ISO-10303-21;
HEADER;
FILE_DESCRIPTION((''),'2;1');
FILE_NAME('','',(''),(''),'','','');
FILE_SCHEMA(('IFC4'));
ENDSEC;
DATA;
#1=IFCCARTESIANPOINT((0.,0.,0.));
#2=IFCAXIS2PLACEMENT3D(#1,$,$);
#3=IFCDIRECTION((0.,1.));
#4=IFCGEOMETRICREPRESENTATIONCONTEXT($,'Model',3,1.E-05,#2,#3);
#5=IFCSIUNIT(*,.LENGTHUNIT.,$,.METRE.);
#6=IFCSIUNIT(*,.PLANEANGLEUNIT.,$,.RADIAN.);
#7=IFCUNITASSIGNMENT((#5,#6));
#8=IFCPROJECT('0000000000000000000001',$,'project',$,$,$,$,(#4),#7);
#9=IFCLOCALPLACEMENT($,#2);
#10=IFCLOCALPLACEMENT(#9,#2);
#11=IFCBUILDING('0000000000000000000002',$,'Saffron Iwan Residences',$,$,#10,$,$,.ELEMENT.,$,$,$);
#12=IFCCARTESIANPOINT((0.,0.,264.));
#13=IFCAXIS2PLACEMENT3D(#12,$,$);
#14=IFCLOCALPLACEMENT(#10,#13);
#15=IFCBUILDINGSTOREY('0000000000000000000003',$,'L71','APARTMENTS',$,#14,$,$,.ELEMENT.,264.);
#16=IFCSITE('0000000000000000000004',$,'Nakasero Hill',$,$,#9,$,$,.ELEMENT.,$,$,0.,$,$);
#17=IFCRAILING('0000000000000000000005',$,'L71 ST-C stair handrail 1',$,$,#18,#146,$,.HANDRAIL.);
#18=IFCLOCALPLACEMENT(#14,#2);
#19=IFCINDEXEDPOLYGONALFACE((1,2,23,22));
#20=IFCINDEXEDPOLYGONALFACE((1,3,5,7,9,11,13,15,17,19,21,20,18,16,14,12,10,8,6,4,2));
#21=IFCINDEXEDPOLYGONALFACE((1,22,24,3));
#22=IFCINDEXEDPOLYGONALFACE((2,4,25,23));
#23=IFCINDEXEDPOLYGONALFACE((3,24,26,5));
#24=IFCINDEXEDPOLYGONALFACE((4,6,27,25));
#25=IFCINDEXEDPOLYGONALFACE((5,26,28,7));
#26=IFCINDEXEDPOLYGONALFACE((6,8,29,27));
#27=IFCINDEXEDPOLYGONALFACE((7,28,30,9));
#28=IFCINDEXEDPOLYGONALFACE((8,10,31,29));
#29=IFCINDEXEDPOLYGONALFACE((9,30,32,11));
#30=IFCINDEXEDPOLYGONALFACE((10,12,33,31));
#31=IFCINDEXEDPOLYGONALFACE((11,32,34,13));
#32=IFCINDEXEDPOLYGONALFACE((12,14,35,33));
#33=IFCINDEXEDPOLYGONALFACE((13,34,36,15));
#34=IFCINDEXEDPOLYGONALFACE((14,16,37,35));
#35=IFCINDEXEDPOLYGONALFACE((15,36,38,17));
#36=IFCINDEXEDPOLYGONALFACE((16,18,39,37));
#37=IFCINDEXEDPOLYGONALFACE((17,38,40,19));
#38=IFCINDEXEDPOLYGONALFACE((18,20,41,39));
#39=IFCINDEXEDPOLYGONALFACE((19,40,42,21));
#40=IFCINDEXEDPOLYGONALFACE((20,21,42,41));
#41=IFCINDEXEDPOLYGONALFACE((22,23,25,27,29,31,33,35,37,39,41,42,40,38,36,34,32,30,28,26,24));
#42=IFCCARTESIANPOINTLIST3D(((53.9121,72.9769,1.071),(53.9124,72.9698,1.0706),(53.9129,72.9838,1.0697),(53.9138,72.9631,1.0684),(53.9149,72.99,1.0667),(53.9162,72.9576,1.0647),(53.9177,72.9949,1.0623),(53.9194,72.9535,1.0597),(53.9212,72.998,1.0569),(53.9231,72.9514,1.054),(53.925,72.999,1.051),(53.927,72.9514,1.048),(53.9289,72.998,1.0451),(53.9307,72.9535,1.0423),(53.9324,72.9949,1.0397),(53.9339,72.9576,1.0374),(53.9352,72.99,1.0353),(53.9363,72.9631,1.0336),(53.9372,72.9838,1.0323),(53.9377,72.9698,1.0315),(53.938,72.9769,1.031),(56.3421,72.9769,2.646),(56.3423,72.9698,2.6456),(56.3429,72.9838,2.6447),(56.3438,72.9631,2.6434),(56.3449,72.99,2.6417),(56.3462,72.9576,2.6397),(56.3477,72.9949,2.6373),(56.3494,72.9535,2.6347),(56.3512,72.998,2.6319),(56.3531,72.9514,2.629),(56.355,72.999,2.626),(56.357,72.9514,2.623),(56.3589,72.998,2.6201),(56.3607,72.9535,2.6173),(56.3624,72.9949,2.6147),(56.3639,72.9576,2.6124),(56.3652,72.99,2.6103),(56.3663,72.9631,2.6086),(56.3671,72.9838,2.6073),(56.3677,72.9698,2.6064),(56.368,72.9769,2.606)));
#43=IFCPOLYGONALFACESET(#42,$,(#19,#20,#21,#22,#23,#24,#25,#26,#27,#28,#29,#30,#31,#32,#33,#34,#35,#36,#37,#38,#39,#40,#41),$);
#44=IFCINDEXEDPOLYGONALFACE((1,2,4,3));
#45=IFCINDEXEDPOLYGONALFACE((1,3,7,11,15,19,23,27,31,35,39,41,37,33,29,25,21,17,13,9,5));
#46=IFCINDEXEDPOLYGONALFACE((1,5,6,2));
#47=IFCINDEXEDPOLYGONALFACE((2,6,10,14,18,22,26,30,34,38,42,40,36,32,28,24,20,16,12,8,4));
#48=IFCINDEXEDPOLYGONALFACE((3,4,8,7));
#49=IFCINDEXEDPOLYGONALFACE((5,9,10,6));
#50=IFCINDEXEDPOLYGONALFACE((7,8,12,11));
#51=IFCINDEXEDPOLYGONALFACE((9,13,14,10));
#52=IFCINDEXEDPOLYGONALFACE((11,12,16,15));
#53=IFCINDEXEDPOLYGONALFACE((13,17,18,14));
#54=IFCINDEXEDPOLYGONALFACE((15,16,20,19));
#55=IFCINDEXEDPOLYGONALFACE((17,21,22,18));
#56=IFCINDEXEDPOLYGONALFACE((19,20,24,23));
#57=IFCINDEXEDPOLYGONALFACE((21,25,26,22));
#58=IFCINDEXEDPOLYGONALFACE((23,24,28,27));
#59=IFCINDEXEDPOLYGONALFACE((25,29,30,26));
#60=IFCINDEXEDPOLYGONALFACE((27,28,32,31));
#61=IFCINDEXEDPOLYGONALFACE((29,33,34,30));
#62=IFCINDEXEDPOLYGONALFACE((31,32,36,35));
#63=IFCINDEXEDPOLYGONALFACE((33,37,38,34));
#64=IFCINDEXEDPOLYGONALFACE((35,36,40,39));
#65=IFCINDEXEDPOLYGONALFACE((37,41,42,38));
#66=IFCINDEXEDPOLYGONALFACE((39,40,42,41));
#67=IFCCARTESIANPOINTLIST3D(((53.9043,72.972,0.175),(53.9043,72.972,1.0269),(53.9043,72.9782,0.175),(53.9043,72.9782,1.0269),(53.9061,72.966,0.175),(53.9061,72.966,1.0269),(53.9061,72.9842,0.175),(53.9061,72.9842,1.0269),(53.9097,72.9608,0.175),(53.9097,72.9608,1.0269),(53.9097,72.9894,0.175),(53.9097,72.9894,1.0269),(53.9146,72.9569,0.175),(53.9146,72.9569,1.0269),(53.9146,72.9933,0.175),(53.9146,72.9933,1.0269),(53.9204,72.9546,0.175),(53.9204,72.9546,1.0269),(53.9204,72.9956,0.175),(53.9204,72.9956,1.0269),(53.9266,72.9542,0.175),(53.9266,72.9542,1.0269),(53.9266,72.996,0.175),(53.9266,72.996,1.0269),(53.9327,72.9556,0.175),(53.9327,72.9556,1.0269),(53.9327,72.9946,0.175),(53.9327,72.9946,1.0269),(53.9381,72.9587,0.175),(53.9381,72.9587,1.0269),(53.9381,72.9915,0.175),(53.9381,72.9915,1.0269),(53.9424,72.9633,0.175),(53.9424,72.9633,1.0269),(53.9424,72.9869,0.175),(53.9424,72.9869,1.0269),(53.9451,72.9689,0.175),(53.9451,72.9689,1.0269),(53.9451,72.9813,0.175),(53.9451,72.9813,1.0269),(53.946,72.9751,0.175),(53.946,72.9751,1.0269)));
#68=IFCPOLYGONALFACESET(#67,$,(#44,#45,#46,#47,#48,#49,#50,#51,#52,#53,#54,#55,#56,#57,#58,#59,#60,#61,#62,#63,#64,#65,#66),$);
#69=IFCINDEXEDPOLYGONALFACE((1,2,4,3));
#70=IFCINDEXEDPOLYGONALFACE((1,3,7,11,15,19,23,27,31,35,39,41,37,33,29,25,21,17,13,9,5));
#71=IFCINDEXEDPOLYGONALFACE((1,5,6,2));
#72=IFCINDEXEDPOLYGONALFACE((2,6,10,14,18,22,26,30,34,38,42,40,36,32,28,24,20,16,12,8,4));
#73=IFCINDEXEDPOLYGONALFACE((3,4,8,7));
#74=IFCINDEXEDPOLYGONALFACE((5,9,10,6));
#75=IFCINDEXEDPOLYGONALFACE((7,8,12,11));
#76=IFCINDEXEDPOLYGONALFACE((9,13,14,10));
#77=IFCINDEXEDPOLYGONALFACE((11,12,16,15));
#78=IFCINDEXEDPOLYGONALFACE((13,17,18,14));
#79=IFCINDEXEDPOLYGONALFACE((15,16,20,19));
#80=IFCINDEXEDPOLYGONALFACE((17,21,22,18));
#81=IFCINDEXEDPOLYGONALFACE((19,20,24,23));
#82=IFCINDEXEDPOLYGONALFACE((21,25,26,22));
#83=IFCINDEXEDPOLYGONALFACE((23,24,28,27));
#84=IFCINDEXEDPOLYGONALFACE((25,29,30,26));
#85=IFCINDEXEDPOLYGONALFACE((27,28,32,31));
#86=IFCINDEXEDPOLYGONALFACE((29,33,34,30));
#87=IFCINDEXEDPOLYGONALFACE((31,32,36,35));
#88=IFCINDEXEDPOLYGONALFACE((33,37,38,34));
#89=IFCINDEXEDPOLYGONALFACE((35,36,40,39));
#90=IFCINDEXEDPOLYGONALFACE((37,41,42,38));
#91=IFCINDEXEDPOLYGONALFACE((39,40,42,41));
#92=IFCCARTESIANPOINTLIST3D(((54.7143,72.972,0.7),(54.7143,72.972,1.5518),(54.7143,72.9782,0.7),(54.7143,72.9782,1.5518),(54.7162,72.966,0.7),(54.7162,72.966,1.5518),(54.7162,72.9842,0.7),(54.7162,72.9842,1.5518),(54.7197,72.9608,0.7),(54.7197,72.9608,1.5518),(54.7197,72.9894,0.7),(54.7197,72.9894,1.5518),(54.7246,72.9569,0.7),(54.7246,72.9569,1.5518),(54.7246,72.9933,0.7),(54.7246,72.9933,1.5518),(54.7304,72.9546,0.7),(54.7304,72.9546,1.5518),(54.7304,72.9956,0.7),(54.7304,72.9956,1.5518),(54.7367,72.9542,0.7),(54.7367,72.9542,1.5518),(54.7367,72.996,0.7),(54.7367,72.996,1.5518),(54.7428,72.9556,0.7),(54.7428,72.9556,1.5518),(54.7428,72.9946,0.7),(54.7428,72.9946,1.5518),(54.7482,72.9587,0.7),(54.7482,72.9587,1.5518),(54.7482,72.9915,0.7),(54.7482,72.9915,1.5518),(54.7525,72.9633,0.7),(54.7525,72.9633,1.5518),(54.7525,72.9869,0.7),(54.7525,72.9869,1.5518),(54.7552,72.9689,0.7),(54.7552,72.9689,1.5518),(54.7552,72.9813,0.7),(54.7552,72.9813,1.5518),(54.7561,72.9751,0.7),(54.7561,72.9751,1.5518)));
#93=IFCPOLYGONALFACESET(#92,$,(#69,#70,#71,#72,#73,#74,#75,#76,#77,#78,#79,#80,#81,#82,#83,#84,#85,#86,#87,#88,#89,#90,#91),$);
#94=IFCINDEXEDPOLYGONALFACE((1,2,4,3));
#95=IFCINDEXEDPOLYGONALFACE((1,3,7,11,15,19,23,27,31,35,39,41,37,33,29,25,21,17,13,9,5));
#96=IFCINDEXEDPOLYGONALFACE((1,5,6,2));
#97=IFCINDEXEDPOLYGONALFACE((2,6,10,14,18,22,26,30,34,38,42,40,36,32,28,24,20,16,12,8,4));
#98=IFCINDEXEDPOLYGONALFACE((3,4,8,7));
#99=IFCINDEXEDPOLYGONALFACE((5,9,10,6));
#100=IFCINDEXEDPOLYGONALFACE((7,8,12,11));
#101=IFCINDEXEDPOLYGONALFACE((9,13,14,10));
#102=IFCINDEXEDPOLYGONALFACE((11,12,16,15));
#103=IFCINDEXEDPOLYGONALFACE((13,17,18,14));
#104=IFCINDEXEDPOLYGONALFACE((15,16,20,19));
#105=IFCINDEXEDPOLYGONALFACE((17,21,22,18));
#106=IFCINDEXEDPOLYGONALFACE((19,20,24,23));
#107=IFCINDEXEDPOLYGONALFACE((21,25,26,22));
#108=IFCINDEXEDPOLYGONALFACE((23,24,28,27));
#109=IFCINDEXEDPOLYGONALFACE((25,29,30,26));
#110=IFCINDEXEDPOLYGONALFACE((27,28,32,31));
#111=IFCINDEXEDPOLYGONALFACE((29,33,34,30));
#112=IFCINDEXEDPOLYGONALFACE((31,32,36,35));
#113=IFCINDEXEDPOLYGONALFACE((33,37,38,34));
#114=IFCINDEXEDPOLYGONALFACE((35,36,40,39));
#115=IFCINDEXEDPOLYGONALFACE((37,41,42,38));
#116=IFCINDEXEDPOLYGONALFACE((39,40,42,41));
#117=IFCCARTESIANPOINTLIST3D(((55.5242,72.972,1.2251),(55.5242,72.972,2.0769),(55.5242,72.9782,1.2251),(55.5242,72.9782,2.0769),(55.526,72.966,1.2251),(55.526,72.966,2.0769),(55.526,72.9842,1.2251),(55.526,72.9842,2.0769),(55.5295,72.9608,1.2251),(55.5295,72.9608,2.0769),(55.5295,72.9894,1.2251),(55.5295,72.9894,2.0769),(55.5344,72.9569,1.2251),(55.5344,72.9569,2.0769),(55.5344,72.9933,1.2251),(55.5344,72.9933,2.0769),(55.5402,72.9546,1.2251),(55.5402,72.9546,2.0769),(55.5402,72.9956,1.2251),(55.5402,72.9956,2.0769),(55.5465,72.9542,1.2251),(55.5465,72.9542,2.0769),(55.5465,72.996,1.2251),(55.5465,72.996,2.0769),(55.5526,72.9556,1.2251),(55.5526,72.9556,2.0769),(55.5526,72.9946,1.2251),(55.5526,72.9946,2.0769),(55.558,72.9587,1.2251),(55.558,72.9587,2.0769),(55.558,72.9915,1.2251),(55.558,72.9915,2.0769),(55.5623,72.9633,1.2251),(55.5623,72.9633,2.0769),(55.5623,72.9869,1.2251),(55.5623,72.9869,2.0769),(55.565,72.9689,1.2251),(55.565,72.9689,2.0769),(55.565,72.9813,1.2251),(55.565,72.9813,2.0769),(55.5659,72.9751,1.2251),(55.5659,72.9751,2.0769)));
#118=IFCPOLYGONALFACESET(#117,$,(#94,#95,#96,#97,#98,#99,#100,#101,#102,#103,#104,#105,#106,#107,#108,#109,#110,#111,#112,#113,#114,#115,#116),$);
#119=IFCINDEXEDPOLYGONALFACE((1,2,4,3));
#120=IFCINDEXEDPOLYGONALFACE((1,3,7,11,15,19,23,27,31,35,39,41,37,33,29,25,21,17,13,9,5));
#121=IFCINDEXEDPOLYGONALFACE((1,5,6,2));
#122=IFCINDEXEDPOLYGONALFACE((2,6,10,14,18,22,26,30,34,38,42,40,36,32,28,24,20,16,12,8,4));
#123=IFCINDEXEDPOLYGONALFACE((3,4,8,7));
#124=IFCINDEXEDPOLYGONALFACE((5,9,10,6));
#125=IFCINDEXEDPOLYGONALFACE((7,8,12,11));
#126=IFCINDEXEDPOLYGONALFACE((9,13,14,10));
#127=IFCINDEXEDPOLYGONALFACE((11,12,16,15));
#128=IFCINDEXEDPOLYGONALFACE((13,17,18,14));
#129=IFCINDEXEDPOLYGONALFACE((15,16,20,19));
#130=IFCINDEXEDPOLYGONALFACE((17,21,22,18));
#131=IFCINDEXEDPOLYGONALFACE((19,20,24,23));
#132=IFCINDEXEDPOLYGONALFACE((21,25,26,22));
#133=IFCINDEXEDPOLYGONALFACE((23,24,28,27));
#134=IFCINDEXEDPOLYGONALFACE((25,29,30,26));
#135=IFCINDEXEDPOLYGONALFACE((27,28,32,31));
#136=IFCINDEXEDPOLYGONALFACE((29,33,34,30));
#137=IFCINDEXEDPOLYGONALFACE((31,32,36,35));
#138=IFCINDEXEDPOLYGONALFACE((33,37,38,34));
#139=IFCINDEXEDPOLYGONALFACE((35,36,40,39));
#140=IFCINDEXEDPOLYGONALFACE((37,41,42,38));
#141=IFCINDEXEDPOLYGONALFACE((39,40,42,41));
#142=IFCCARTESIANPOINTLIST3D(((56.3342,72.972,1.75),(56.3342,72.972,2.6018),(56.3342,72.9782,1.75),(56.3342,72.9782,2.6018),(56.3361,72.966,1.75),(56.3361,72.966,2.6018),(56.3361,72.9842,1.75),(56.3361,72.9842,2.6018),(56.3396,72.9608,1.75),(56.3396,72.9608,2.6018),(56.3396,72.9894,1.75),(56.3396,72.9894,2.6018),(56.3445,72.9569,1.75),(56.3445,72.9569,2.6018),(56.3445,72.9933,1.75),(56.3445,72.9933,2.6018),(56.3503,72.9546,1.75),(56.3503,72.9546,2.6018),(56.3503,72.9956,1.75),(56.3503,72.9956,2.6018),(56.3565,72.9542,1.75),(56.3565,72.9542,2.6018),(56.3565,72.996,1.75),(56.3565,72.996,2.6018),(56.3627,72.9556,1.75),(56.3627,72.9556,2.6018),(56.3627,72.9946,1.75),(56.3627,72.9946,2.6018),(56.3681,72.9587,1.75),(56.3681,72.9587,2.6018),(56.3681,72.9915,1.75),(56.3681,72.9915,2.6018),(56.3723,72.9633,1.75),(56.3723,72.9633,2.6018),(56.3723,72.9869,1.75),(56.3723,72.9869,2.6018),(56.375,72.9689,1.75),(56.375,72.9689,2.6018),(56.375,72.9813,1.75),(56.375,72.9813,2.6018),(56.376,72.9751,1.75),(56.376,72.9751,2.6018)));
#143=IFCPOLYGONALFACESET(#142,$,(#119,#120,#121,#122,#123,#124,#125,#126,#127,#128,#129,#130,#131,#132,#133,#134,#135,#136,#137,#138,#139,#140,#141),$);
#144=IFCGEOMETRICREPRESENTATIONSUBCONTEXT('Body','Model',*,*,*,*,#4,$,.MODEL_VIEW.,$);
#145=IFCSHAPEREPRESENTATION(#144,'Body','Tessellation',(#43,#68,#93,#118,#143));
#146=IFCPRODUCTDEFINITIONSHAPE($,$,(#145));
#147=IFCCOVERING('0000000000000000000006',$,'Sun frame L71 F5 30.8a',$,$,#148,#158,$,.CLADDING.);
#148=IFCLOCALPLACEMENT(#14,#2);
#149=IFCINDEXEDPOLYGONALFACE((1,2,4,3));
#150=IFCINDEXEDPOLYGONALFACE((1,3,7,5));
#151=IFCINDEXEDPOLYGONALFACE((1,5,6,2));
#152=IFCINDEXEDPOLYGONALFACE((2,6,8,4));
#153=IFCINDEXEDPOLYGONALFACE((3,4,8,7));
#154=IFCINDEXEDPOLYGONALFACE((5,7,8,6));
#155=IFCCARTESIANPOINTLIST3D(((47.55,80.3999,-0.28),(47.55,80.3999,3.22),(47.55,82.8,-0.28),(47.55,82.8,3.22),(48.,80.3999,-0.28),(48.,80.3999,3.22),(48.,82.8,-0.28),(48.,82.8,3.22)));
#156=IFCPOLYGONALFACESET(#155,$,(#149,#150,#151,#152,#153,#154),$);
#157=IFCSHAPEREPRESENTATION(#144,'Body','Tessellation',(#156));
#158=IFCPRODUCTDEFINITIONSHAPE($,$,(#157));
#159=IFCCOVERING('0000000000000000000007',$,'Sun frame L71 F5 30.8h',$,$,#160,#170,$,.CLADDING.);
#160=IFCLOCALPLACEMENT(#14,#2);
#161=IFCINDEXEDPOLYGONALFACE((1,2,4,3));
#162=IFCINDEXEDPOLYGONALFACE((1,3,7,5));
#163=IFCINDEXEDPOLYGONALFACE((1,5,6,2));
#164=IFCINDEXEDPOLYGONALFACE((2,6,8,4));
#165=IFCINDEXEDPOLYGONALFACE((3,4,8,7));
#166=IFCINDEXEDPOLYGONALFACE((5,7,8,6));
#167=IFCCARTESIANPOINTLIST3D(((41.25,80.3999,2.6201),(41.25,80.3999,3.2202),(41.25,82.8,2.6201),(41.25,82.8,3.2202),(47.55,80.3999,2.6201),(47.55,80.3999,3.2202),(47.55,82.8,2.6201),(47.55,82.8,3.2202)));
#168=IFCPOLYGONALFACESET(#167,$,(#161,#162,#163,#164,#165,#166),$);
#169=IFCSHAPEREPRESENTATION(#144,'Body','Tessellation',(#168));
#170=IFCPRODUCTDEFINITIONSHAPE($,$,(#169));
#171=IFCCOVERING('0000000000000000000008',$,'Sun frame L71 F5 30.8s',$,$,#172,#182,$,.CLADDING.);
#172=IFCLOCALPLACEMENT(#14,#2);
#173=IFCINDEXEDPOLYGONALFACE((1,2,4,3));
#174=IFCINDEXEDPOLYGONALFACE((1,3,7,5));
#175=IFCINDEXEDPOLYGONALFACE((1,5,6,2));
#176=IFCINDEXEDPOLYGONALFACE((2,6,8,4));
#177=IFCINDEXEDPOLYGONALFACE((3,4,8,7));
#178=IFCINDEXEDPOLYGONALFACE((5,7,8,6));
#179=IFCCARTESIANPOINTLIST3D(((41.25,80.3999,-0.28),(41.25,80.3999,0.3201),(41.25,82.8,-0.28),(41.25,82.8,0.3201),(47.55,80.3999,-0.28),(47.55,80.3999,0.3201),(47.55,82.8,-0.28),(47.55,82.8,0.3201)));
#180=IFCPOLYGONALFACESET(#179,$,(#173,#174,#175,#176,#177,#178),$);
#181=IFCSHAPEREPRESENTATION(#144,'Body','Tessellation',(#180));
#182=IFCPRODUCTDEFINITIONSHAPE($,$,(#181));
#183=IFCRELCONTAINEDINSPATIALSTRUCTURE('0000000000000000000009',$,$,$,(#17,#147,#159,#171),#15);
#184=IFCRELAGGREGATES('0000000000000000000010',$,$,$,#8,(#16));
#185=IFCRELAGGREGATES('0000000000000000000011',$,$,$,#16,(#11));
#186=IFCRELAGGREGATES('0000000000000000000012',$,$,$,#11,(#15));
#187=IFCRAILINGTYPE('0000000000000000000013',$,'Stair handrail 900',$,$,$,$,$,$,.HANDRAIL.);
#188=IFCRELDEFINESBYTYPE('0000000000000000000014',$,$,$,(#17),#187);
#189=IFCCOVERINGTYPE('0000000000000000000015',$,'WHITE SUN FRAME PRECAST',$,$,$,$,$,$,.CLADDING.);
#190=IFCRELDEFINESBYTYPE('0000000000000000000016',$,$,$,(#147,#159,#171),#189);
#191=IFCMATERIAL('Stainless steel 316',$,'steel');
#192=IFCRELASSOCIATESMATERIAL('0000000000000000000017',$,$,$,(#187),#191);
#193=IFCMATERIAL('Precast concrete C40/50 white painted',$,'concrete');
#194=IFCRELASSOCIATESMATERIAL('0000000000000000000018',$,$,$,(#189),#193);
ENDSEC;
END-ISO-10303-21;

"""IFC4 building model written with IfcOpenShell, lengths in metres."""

from ifc_helpers import new_model, si_unit, direction, frame, origin, origin_2d, place, context, subcontext, project, spatial, polyline, circle, outline, extrude, material, type_object, element, save


model = new_model("IFC4")

# Units and contexts
model_context = context("Model", 3, precision=1e-05, world=origin(), true_north=direction((0.0, 1.0)))
body_context = subcontext(model_context, "Body", "Model", "MODEL_VIEW")
ifc_project = project(units=[si_unit("LENGTHUNIT", "METRE"), si_unit("PLANEANGLEUNIT", "RADIAN")], contexts=[model_context])

# Site, building, storey
site_placement = place(None, origin())
site = spatial("IfcSite", under=ifc_project, at=site_placement, Name="Nakasero Hill", CompositionType="ELEMENT", RefElevation=0.0)
building_placement = place(site_placement, origin())
building = spatial("IfcBuilding", under=site, at=building_placement, Name="Saffron Iwan Residences", CompositionType="ELEMENT")
storey_placement = place(building_placement, frame((0.0, 0.0, 264.0)))
storey = spatial("IfcBuildingStorey", under=building, at=storey_placement, Name="L71", Description="APARTMENTS", CompositionType="ELEMENT", Elevation=264.0)

# Railing
ifc_material_1 = material(Name="Stainless steel 316", Category="steel")
railing_type_1 = type_object("IfcRailingType", Name="Stair handrail 900", PredefinedType="HANDRAIL", material=ifc_material_1)
railing_1_placement = place(storey_placement, frame((53.925, 72.9751, 0.175)))
element("IfcRailing", 1, at=railing_1_placement, inside=storey, type_object=railing_type_1, Name="L71 ST-C stair handrail 1", PredefinedType="HANDRAIL", context=body_context, shape_type="SweptSolid", body=[
    extrude(circle(Radius=0.0239, at=origin_2d()), frame((0.0, 0.0, 0.876), z_axis=(0.839154, 0.0, 0.543894), x_axis=(0.0, 1.0, 0.0)), (0.0, 0.0, 1.0), 2.8958),
    extrude(circle(Radius=0.021, at=origin_2d()), origin(), (0.0, 0.0, 1.0), 0.8518),
    extrude(circle(Radius=0.021, at=origin_2d()), frame((0.8101, 0.0, 0.5249)), (0.0, 0.0, 1.0), 0.8518),
    extrude(circle(Radius=0.021, at=origin_2d()), frame((1.6199, 0.0, 1.05)), (0.0, 0.0, 1.0), 0.8518),
    extrude(circle(Radius=0.021, at=origin_2d()), frame((2.4299, 0.0, 1.575)), (0.0, 0.0, 1.0), 0.8518),
])

# Coverings
ifc_material_2 = material(Name="Precast concrete C40/50 white painted", Category="concrete")
covering_type_1 = type_object("IfcCoveringType", Name="WHITE SUN FRAME PRECAST", PredefinedType="CLADDING", material=ifc_material_2)
covering_1_placement = place(storey_placement, frame((48.0, 80.3999, -0.28), z_axis=(0.0, 1.0, 0.0), x_axis=(-1.0, 0.0, 0.0)))
element("IfcCovering", 2, at=covering_1_placement, inside=storey, type_object=covering_type_1, Name="Sun frame L71 F5 30.8a", PredefinedType="CLADDING", context=body_context, shape_type="SweptSolid", body=[
    extrude(outline(polyline([(0.0, 0.0), (0.45, 0.0), (0.45, 3.5), (0.0, 3.5), (0.0, 0.0)])), origin(), (0.0, 0.0, 1.0), 2.4001),
])
for number, where, z_axis, x_axis, name in (
    (3, (47.55, 80.3999, 2.6201), (0.0, 1.0, 0.0), (-1.0, 0.0, 0.0), "Sun frame L71 F5 30.8h"),
    (4, (47.55, 80.3999, -0.28), (0.0, 1.0, 0.0), (-1.0, 0.0, 0.0), "Sun frame L71 F5 30.8s"),
):
    element("IfcCovering", number, at=place(storey_placement, frame(where, z_axis=z_axis, x_axis=x_axis)), inside=storey, type_object=covering_type_1, Name=name, PredefinedType="CLADDING", context=body_context, shape_type="SweptSolid", body=[
        extrude(outline(polyline([(0.0, 0.0), (6.3, 0.0), (6.3, 0.6001), (0.0, 0.6001), (0.0, 0.0)])), origin(), (0.0, 0.0, 1.0), 2.4001),
    ])

save(model, "model.ifc")
